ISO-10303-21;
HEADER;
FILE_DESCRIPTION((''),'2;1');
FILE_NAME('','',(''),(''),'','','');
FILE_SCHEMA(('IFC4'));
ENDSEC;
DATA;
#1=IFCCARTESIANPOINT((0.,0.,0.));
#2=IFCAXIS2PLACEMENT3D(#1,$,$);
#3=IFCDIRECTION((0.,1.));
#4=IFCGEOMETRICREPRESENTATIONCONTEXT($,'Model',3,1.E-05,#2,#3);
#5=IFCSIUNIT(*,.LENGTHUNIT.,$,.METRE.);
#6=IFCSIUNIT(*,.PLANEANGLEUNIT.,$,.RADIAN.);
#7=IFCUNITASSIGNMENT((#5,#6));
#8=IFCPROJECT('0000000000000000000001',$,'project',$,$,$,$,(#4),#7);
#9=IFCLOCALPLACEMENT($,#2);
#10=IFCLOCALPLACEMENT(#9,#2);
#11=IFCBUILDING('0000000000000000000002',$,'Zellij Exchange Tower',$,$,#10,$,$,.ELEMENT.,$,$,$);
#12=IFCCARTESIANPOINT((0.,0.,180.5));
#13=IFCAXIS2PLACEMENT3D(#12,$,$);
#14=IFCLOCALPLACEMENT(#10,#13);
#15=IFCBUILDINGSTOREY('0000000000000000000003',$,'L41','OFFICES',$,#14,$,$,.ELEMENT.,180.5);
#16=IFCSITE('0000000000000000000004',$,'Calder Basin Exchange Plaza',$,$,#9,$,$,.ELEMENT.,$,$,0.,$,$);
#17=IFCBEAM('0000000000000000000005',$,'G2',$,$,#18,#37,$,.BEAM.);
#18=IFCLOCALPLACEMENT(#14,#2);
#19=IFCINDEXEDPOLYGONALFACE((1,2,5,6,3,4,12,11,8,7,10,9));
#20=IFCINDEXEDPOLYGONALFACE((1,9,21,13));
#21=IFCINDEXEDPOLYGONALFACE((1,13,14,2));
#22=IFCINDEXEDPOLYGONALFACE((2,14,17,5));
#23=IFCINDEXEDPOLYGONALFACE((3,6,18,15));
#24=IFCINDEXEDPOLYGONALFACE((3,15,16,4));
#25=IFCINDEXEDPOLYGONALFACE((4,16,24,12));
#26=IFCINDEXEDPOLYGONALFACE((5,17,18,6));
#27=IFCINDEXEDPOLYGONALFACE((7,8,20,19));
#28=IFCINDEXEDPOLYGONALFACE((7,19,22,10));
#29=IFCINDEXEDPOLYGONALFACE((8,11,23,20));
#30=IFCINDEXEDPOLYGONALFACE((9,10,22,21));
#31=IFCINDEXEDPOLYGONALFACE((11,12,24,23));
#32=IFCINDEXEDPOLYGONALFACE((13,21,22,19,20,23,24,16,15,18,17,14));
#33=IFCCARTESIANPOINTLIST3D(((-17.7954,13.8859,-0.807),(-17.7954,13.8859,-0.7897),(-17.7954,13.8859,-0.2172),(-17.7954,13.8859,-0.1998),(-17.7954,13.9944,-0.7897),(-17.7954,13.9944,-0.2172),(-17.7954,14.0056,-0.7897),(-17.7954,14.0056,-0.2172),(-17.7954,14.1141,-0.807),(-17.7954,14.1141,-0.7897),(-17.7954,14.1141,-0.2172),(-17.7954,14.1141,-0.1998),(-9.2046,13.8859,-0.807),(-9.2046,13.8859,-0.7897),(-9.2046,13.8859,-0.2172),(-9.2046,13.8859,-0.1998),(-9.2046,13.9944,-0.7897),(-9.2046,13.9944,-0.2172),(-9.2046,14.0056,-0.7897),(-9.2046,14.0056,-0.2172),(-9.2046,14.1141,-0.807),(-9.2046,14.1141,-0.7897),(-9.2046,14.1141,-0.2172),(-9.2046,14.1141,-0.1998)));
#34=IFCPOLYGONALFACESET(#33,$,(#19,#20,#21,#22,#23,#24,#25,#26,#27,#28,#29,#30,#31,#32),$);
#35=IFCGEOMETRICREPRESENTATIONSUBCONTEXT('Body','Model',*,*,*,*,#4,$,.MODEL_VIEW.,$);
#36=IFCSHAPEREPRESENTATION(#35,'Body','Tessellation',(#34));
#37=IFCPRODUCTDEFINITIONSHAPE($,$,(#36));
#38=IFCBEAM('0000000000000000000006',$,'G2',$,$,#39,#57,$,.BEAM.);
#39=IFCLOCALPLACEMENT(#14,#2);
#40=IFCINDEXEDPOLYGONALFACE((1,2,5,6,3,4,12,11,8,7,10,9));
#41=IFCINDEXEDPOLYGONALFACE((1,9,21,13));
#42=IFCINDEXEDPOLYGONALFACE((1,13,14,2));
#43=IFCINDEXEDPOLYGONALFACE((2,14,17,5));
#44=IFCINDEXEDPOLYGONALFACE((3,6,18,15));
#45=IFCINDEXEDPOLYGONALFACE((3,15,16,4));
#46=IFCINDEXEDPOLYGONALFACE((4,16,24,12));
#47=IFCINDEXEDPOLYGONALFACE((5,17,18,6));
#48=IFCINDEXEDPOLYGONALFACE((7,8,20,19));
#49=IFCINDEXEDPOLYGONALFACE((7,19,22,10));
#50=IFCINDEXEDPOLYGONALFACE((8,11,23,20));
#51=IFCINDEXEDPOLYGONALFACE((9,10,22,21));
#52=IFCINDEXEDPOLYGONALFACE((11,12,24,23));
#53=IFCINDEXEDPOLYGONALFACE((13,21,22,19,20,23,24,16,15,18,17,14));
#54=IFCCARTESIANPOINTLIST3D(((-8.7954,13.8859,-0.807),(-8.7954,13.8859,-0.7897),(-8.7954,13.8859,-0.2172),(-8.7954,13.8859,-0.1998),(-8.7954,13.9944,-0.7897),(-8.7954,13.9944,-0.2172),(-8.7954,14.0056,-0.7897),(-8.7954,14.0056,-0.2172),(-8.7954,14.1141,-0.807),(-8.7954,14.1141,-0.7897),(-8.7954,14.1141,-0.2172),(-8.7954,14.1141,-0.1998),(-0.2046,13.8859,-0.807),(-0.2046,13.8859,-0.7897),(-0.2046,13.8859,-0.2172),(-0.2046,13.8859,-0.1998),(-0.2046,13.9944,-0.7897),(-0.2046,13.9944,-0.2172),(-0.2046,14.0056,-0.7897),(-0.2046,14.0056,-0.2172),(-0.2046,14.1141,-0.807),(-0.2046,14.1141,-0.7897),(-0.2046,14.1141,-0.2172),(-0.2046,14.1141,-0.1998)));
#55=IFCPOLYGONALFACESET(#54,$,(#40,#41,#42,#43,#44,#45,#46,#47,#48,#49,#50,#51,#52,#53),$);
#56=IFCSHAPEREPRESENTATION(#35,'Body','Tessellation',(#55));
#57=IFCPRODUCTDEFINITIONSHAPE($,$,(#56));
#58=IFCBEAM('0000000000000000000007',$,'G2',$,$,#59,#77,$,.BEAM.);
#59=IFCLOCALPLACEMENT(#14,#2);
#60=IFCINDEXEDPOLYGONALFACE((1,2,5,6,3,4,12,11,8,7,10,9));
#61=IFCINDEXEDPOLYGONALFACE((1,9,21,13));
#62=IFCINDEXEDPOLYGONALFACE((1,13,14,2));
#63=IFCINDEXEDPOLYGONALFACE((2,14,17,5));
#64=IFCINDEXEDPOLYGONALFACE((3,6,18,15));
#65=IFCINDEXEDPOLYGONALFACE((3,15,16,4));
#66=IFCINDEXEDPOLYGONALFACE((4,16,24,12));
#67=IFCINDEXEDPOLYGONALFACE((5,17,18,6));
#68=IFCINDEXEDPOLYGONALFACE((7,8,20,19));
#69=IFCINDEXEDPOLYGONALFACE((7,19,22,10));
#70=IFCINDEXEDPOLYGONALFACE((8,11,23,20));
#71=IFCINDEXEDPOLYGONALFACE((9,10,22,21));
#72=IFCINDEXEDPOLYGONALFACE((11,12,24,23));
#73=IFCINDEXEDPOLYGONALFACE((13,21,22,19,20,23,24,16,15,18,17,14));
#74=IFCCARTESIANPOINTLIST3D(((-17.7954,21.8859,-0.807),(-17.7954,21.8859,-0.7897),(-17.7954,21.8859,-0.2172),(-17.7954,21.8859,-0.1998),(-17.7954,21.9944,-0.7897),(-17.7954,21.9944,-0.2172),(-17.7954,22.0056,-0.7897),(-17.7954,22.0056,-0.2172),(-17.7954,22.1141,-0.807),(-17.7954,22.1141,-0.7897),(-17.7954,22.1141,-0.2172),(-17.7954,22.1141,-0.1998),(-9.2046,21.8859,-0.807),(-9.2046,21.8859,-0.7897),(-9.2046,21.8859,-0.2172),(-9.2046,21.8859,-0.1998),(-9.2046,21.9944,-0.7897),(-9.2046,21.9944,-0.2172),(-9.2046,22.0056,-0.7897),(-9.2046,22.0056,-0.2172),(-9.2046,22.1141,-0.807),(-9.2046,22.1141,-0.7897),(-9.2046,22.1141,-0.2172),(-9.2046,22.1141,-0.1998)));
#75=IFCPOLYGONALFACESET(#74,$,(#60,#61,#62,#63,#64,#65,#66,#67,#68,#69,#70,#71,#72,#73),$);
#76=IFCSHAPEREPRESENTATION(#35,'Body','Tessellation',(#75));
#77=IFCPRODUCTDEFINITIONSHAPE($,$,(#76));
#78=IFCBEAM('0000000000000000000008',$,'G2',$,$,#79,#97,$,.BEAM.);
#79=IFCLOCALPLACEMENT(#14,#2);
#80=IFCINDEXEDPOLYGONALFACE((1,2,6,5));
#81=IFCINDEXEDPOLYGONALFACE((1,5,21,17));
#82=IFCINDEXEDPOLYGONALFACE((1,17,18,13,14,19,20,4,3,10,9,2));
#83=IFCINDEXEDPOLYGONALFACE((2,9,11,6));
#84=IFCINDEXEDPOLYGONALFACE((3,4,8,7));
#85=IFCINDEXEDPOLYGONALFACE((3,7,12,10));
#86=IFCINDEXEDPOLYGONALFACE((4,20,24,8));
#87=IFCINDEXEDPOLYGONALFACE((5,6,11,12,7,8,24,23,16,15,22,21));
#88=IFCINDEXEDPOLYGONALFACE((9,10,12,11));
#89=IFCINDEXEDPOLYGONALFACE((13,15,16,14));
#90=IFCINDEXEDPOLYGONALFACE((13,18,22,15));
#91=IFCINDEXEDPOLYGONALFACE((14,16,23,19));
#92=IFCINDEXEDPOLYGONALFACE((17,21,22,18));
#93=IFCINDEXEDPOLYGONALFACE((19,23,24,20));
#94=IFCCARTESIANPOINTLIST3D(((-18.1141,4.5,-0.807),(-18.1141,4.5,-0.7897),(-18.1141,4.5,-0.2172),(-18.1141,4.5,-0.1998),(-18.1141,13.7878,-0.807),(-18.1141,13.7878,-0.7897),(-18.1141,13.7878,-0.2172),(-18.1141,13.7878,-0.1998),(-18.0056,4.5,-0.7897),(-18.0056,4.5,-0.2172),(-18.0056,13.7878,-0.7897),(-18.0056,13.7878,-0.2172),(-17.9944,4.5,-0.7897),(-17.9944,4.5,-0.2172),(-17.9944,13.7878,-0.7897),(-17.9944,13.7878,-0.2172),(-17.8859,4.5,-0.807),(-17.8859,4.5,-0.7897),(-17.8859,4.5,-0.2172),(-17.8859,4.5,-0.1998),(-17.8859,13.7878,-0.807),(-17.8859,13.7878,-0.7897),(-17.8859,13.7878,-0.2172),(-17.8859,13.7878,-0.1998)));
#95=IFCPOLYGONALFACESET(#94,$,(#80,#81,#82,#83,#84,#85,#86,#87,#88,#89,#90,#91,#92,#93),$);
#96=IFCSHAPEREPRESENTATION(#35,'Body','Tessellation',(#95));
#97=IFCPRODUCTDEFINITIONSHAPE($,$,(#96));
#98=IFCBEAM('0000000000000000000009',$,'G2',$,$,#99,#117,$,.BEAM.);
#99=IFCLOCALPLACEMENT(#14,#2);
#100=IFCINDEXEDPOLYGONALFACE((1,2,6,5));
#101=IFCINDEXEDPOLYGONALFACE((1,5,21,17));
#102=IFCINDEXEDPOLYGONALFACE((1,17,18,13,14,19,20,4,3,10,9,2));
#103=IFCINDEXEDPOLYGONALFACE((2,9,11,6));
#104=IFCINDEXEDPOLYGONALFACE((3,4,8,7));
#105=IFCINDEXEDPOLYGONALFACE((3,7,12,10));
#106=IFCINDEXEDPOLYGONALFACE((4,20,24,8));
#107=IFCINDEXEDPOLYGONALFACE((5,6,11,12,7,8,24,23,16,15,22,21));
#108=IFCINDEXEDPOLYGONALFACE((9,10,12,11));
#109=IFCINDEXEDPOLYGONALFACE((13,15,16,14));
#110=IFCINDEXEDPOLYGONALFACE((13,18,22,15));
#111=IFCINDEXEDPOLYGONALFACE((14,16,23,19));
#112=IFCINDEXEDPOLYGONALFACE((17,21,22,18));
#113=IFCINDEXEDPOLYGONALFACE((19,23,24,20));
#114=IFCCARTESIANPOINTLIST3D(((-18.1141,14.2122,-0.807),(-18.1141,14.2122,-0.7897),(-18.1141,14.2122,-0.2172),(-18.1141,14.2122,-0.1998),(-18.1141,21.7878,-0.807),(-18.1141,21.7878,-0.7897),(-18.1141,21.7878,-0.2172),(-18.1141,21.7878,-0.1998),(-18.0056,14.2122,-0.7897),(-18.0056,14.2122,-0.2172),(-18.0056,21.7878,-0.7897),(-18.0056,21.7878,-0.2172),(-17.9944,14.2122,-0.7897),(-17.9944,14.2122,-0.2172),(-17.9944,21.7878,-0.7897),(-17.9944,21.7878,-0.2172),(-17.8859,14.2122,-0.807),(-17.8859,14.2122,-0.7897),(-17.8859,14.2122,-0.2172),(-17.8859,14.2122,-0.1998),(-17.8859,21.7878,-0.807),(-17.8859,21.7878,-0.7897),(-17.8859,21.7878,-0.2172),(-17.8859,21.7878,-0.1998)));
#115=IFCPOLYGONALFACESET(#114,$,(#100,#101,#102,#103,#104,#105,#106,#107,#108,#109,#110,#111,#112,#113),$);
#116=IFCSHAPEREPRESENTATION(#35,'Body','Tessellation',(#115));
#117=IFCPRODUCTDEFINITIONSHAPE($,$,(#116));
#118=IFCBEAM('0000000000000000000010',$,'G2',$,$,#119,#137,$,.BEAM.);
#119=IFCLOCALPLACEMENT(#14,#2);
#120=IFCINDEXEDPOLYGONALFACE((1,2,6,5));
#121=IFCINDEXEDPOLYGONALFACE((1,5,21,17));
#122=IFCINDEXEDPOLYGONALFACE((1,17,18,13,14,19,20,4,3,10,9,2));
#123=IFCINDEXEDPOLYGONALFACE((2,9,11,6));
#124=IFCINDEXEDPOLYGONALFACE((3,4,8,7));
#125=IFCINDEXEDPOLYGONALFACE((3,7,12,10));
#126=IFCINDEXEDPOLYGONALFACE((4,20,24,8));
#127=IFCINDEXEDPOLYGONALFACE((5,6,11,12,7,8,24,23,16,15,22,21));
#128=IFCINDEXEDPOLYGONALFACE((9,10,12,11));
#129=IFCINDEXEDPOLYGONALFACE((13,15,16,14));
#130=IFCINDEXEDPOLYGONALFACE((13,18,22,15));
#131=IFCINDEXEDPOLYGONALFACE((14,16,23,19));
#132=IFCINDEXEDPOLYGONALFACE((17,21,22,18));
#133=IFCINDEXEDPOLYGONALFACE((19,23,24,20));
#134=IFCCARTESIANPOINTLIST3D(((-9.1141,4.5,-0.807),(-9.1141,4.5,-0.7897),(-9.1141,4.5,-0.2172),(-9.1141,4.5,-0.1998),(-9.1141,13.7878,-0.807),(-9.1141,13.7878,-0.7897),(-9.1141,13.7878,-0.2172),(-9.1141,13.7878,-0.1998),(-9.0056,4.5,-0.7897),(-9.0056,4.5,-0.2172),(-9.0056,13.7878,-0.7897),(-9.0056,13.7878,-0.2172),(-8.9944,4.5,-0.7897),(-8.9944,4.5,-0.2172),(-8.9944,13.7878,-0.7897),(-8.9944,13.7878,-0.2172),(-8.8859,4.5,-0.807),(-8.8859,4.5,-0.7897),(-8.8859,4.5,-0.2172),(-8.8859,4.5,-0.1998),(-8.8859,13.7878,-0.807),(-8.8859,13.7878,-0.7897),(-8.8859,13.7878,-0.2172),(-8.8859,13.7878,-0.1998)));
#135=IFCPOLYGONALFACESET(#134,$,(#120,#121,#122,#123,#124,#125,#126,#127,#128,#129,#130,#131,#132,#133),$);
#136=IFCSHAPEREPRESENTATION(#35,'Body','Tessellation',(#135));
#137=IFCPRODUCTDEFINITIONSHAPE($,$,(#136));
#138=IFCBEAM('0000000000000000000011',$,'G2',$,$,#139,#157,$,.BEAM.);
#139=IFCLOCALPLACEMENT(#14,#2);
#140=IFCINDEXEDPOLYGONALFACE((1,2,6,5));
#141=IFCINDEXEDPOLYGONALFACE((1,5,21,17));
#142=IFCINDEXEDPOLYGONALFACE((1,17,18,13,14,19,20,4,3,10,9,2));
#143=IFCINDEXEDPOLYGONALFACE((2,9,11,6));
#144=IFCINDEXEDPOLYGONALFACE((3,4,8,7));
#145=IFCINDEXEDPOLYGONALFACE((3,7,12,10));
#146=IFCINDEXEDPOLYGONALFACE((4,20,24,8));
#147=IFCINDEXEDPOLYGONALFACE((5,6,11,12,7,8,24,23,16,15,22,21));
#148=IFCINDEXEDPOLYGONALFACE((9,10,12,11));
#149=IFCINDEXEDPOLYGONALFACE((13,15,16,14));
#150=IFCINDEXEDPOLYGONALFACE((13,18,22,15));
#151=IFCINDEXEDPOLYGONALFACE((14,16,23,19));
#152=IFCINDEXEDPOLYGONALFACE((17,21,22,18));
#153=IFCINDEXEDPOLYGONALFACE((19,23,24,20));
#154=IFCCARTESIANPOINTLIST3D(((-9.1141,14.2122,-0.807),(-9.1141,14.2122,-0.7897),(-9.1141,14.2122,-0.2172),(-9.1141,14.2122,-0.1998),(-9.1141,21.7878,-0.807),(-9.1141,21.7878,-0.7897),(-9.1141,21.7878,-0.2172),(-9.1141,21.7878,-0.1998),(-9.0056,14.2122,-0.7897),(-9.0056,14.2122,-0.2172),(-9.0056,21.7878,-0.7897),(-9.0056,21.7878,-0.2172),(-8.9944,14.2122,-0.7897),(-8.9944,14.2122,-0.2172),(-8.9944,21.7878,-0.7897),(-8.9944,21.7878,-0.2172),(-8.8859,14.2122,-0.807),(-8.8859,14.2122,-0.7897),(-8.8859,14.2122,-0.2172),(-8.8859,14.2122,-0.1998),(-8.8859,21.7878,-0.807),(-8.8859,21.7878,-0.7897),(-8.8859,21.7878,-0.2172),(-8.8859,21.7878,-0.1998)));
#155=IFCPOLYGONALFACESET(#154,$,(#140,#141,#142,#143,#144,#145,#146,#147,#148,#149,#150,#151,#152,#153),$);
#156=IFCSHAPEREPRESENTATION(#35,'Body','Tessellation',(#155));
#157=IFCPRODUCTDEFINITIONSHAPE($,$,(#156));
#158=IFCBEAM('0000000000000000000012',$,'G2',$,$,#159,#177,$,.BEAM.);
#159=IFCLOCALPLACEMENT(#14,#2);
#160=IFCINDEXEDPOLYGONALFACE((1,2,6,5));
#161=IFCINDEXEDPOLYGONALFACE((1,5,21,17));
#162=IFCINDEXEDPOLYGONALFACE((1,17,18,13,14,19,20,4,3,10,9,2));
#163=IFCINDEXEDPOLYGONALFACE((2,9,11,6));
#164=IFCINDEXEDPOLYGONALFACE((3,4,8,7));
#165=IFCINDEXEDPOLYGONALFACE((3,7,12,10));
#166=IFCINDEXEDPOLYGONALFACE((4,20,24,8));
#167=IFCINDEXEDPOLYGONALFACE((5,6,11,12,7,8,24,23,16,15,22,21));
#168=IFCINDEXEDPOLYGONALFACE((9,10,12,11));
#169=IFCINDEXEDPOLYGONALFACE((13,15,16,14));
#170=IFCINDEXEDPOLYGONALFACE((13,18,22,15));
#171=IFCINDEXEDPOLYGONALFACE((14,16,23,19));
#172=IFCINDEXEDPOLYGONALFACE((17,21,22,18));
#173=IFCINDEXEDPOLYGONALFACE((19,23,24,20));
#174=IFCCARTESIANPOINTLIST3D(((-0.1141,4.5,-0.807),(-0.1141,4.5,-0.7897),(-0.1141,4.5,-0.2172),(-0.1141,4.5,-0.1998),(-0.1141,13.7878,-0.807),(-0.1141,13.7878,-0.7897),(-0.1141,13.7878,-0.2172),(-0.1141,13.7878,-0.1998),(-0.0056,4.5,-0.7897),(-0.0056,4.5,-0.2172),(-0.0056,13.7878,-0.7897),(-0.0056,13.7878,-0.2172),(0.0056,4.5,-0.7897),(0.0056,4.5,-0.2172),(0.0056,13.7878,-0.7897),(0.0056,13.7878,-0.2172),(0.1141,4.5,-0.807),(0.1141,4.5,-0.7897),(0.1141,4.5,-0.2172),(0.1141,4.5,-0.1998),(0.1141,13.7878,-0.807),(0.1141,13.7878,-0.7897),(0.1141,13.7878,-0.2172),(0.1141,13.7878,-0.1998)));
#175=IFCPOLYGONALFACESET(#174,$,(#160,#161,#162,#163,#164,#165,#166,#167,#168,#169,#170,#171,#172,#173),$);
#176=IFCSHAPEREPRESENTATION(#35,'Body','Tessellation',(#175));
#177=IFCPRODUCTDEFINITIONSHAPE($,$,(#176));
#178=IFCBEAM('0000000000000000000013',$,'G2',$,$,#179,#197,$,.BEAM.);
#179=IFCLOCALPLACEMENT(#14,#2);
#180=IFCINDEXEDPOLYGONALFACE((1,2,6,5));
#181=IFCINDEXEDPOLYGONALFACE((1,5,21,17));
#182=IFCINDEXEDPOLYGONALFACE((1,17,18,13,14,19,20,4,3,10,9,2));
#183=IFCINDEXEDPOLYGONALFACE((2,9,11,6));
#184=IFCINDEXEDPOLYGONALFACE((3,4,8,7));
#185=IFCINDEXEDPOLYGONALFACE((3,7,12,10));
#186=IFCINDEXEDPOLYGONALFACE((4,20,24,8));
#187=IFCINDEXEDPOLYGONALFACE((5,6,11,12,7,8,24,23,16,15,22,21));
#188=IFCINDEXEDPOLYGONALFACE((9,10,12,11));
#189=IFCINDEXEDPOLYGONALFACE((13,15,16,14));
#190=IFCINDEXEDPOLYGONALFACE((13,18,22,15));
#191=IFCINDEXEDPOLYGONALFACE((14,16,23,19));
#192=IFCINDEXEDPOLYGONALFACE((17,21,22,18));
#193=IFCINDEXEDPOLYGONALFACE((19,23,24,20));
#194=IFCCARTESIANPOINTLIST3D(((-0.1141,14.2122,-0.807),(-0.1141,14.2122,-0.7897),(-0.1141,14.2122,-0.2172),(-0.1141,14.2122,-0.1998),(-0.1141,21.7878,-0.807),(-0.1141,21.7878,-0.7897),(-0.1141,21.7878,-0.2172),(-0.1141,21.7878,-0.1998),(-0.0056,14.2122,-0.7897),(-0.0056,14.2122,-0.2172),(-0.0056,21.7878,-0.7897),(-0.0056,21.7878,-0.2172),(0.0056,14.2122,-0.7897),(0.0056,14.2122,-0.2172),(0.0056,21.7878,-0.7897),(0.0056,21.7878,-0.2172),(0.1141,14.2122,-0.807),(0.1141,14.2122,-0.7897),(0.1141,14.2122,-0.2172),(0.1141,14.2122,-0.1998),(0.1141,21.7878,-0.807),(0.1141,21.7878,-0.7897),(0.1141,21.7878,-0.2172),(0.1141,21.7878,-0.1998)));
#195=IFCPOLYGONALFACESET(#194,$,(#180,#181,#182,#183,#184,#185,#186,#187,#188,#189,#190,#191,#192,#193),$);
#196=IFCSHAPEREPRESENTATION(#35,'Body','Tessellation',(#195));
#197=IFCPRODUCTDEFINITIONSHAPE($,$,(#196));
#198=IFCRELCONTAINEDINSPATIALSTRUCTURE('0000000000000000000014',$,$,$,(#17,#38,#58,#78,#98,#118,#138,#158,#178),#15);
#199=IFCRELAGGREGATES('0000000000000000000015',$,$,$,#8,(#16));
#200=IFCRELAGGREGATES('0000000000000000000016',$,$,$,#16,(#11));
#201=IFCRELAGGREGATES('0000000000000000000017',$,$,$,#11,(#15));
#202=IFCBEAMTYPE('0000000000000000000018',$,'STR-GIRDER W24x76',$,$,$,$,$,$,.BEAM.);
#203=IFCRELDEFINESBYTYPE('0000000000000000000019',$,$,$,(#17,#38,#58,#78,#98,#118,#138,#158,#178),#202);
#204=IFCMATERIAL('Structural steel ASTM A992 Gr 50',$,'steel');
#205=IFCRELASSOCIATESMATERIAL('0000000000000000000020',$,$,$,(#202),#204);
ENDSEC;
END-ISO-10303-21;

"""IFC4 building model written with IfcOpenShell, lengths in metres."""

from ifc_helpers import new_model, si_unit, direction, frame, origin, origin_2d, place, context, subcontext, project, spatial, i_section, extrude, material, material_profile, profile_set, type_object, element, save


model = new_model("IFC4")

# Units and contexts
model_context = context("Model", 3, precision=1e-05, world=origin(), true_north=direction((0.0, 1.0)))
body_context = subcontext(model_context, "Body", "Model", "MODEL_VIEW")
ifc_project = project(units=[si_unit("LENGTHUNIT", "METRE"), si_unit("PLANEANGLEUNIT", "RADIAN")], contexts=[model_context])

# Site, building, storey
site_placement = place(None, origin())
site = spatial("IfcSite", under=ifc_project, at=site_placement, Name="Calder Basin Exchange Plaza", CompositionType="ELEMENT", RefElevation=0.0)
building_placement = place(site_placement, origin())
building = spatial("IfcBuilding", under=site, at=building_placement, Name="Zellij Exchange Tower", CompositionType="ELEMENT")
storey_placement = place(building_placement, frame((0.0, 0.0, 180.5)))
storey = spatial("IfcBuildingStorey", under=building, at=storey_placement, Name="L41", Description="OFFICES", CompositionType="ELEMENT", Elevation=180.5)

# Beams
ifc_material_1 = material(Name="Structural steel ASTM A992 Gr 50", Category="steel")
ifc_material_profile_1 = material_profile(ifc_material_1, i_section(OverallWidth=0.2283, OverallDepth=0.6072, WebThickness=0.0112, FlangeThickness=0.0173, at=origin_2d()), Name="W24x76")
ifc_profile_set_1 = profile_set([ifc_material_profile_1], Name="Structural steel ASTM A992 Gr 50")
beam_type = type_object("IfcBeamType", Name="STR-GIRDER W24x76", PredefinedType="BEAM", material=ifc_profile_set_1)
for number, where, z_axis, x_axis, name in (
    (1, (-17.7954, 14.0, -0.5034), (1.0, 0.0, 0.0), (0.0, 1.0, 0.0), "G2"),
    (2, (-8.7954, 14.0, -0.5034), (1.0, 0.0, 0.0), (0.0, 1.0, 0.0), "G2"),
    (3, (-17.7954, 22.0, -0.5034), (1.0, 0.0, 0.0), (0.0, 1.0, 0.0), "G2"),
):
    element("IfcBeam", number, at=place(storey_placement, frame(where, z_axis=z_axis, x_axis=x_axis)), inside=storey, type_object=beam_type, Name=name, PredefinedType="BEAM", context=body_context, shape_type="SweptSolid", body=[
        extrude(i_section(OverallWidth=0.2283, OverallDepth=0.6072, WebThickness=0.0112, FlangeThickness=0.0173, at=origin_2d()), origin(), (0.0, 0.0, 1.0), 8.5908),
    ])
beam_1_placement = place(storey_placement, frame((-18.0, 4.5, -0.5034), z_axis=(0.0, 1.0, 0.0), x_axis=(-1.0, 0.0, 0.0)))
element("IfcBeam", 4, at=beam_1_placement, inside=storey, type_object=beam_type, Name="G2", PredefinedType="BEAM", context=body_context, shape_type="SweptSolid", body=[
    extrude(i_section(OverallWidth=0.2283, OverallDepth=0.6072, WebThickness=0.0112, FlangeThickness=0.0173, at=origin_2d()), origin(), (0.0, 0.0, 1.0), 9.2878),
])
beam_2_placement = place(storey_placement, frame((-18.0, 14.2122, -0.5034), z_axis=(0.0, 1.0, 0.0), x_axis=(-1.0, 0.0, 0.0)))
element("IfcBeam", 5, at=beam_2_placement, inside=storey, type_object=beam_type, Name="G2", PredefinedType="BEAM", context=body_context, shape_type="SweptSolid", body=[
    extrude(i_section(OverallWidth=0.2283, OverallDepth=0.6072, WebThickness=0.0112, FlangeThickness=0.0173, at=origin_2d()), origin(), (0.0, 0.0, 1.0), 7.5757),
])
beam_3_placement = place(storey_placement, frame((-9.0, 4.5, -0.5034), z_axis=(0.0, 1.0, 0.0), x_axis=(-1.0, 0.0, 0.0)))
element("IfcBeam", 6, at=beam_3_placement, inside=storey, type_object=beam_type, Name="G2", PredefinedType="BEAM", context=body_context, shape_type="SweptSolid", body=[
    extrude(i_section(OverallWidth=0.2283, OverallDepth=0.6072, WebThickness=0.0112, FlangeThickness=0.0173, at=origin_2d()), origin(), (0.0, 0.0, 1.0), 9.2878),
])
beam_4_placement = place(storey_placement, frame((-9.0, 14.2122, -0.5034), z_axis=(0.0, 1.0, 0.0), x_axis=(-1.0, 0.0, 0.0)))
element("IfcBeam", 7, at=beam_4_placement, inside=storey, type_object=beam_type, Name="G2", PredefinedType="BEAM", context=body_context, shape_type="SweptSolid", body=[
    extrude(i_section(OverallWidth=0.2283, OverallDepth=0.6072, WebThickness=0.0112, FlangeThickness=0.0173, at=origin_2d()), origin(), (0.0, 0.0, 1.0), 7.5757),
])
beam_5_placement = place(storey_placement, frame((0.0, 4.5, -0.5034), z_axis=(0.0, 1.0, 0.0), x_axis=(-1.0, 0.0, 0.0)))
element("IfcBeam", 8, at=beam_5_placement, inside=storey, type_object=beam_type, Name="G2", PredefinedType="BEAM", context=body_context, shape_type="SweptSolid", body=[
    extrude(i_section(OverallWidth=0.2283, OverallDepth=0.6072, WebThickness=0.0112, FlangeThickness=0.0173, at=origin_2d()), origin(), (0.0, 0.0, 1.0), 9.2878),
])
beam_6_placement = place(storey_placement, frame((0.0, 14.2122, -0.5034), z_axis=(0.0, 1.0, 0.0), x_axis=(-1.0, 0.0, 0.0)))
element("IfcBeam", 9, at=beam_6_placement, inside=storey, type_object=beam_type, Name="G2", PredefinedType="BEAM", context=body_context, shape_type="SweptSolid", body=[
    extrude(i_section(OverallWidth=0.2283, OverallDepth=0.6072, WebThickness=0.0112, FlangeThickness=0.0173, at=origin_2d()), origin(), (0.0, 0.0, 1.0), 7.5757),
])

save(model, "model.ifc")
